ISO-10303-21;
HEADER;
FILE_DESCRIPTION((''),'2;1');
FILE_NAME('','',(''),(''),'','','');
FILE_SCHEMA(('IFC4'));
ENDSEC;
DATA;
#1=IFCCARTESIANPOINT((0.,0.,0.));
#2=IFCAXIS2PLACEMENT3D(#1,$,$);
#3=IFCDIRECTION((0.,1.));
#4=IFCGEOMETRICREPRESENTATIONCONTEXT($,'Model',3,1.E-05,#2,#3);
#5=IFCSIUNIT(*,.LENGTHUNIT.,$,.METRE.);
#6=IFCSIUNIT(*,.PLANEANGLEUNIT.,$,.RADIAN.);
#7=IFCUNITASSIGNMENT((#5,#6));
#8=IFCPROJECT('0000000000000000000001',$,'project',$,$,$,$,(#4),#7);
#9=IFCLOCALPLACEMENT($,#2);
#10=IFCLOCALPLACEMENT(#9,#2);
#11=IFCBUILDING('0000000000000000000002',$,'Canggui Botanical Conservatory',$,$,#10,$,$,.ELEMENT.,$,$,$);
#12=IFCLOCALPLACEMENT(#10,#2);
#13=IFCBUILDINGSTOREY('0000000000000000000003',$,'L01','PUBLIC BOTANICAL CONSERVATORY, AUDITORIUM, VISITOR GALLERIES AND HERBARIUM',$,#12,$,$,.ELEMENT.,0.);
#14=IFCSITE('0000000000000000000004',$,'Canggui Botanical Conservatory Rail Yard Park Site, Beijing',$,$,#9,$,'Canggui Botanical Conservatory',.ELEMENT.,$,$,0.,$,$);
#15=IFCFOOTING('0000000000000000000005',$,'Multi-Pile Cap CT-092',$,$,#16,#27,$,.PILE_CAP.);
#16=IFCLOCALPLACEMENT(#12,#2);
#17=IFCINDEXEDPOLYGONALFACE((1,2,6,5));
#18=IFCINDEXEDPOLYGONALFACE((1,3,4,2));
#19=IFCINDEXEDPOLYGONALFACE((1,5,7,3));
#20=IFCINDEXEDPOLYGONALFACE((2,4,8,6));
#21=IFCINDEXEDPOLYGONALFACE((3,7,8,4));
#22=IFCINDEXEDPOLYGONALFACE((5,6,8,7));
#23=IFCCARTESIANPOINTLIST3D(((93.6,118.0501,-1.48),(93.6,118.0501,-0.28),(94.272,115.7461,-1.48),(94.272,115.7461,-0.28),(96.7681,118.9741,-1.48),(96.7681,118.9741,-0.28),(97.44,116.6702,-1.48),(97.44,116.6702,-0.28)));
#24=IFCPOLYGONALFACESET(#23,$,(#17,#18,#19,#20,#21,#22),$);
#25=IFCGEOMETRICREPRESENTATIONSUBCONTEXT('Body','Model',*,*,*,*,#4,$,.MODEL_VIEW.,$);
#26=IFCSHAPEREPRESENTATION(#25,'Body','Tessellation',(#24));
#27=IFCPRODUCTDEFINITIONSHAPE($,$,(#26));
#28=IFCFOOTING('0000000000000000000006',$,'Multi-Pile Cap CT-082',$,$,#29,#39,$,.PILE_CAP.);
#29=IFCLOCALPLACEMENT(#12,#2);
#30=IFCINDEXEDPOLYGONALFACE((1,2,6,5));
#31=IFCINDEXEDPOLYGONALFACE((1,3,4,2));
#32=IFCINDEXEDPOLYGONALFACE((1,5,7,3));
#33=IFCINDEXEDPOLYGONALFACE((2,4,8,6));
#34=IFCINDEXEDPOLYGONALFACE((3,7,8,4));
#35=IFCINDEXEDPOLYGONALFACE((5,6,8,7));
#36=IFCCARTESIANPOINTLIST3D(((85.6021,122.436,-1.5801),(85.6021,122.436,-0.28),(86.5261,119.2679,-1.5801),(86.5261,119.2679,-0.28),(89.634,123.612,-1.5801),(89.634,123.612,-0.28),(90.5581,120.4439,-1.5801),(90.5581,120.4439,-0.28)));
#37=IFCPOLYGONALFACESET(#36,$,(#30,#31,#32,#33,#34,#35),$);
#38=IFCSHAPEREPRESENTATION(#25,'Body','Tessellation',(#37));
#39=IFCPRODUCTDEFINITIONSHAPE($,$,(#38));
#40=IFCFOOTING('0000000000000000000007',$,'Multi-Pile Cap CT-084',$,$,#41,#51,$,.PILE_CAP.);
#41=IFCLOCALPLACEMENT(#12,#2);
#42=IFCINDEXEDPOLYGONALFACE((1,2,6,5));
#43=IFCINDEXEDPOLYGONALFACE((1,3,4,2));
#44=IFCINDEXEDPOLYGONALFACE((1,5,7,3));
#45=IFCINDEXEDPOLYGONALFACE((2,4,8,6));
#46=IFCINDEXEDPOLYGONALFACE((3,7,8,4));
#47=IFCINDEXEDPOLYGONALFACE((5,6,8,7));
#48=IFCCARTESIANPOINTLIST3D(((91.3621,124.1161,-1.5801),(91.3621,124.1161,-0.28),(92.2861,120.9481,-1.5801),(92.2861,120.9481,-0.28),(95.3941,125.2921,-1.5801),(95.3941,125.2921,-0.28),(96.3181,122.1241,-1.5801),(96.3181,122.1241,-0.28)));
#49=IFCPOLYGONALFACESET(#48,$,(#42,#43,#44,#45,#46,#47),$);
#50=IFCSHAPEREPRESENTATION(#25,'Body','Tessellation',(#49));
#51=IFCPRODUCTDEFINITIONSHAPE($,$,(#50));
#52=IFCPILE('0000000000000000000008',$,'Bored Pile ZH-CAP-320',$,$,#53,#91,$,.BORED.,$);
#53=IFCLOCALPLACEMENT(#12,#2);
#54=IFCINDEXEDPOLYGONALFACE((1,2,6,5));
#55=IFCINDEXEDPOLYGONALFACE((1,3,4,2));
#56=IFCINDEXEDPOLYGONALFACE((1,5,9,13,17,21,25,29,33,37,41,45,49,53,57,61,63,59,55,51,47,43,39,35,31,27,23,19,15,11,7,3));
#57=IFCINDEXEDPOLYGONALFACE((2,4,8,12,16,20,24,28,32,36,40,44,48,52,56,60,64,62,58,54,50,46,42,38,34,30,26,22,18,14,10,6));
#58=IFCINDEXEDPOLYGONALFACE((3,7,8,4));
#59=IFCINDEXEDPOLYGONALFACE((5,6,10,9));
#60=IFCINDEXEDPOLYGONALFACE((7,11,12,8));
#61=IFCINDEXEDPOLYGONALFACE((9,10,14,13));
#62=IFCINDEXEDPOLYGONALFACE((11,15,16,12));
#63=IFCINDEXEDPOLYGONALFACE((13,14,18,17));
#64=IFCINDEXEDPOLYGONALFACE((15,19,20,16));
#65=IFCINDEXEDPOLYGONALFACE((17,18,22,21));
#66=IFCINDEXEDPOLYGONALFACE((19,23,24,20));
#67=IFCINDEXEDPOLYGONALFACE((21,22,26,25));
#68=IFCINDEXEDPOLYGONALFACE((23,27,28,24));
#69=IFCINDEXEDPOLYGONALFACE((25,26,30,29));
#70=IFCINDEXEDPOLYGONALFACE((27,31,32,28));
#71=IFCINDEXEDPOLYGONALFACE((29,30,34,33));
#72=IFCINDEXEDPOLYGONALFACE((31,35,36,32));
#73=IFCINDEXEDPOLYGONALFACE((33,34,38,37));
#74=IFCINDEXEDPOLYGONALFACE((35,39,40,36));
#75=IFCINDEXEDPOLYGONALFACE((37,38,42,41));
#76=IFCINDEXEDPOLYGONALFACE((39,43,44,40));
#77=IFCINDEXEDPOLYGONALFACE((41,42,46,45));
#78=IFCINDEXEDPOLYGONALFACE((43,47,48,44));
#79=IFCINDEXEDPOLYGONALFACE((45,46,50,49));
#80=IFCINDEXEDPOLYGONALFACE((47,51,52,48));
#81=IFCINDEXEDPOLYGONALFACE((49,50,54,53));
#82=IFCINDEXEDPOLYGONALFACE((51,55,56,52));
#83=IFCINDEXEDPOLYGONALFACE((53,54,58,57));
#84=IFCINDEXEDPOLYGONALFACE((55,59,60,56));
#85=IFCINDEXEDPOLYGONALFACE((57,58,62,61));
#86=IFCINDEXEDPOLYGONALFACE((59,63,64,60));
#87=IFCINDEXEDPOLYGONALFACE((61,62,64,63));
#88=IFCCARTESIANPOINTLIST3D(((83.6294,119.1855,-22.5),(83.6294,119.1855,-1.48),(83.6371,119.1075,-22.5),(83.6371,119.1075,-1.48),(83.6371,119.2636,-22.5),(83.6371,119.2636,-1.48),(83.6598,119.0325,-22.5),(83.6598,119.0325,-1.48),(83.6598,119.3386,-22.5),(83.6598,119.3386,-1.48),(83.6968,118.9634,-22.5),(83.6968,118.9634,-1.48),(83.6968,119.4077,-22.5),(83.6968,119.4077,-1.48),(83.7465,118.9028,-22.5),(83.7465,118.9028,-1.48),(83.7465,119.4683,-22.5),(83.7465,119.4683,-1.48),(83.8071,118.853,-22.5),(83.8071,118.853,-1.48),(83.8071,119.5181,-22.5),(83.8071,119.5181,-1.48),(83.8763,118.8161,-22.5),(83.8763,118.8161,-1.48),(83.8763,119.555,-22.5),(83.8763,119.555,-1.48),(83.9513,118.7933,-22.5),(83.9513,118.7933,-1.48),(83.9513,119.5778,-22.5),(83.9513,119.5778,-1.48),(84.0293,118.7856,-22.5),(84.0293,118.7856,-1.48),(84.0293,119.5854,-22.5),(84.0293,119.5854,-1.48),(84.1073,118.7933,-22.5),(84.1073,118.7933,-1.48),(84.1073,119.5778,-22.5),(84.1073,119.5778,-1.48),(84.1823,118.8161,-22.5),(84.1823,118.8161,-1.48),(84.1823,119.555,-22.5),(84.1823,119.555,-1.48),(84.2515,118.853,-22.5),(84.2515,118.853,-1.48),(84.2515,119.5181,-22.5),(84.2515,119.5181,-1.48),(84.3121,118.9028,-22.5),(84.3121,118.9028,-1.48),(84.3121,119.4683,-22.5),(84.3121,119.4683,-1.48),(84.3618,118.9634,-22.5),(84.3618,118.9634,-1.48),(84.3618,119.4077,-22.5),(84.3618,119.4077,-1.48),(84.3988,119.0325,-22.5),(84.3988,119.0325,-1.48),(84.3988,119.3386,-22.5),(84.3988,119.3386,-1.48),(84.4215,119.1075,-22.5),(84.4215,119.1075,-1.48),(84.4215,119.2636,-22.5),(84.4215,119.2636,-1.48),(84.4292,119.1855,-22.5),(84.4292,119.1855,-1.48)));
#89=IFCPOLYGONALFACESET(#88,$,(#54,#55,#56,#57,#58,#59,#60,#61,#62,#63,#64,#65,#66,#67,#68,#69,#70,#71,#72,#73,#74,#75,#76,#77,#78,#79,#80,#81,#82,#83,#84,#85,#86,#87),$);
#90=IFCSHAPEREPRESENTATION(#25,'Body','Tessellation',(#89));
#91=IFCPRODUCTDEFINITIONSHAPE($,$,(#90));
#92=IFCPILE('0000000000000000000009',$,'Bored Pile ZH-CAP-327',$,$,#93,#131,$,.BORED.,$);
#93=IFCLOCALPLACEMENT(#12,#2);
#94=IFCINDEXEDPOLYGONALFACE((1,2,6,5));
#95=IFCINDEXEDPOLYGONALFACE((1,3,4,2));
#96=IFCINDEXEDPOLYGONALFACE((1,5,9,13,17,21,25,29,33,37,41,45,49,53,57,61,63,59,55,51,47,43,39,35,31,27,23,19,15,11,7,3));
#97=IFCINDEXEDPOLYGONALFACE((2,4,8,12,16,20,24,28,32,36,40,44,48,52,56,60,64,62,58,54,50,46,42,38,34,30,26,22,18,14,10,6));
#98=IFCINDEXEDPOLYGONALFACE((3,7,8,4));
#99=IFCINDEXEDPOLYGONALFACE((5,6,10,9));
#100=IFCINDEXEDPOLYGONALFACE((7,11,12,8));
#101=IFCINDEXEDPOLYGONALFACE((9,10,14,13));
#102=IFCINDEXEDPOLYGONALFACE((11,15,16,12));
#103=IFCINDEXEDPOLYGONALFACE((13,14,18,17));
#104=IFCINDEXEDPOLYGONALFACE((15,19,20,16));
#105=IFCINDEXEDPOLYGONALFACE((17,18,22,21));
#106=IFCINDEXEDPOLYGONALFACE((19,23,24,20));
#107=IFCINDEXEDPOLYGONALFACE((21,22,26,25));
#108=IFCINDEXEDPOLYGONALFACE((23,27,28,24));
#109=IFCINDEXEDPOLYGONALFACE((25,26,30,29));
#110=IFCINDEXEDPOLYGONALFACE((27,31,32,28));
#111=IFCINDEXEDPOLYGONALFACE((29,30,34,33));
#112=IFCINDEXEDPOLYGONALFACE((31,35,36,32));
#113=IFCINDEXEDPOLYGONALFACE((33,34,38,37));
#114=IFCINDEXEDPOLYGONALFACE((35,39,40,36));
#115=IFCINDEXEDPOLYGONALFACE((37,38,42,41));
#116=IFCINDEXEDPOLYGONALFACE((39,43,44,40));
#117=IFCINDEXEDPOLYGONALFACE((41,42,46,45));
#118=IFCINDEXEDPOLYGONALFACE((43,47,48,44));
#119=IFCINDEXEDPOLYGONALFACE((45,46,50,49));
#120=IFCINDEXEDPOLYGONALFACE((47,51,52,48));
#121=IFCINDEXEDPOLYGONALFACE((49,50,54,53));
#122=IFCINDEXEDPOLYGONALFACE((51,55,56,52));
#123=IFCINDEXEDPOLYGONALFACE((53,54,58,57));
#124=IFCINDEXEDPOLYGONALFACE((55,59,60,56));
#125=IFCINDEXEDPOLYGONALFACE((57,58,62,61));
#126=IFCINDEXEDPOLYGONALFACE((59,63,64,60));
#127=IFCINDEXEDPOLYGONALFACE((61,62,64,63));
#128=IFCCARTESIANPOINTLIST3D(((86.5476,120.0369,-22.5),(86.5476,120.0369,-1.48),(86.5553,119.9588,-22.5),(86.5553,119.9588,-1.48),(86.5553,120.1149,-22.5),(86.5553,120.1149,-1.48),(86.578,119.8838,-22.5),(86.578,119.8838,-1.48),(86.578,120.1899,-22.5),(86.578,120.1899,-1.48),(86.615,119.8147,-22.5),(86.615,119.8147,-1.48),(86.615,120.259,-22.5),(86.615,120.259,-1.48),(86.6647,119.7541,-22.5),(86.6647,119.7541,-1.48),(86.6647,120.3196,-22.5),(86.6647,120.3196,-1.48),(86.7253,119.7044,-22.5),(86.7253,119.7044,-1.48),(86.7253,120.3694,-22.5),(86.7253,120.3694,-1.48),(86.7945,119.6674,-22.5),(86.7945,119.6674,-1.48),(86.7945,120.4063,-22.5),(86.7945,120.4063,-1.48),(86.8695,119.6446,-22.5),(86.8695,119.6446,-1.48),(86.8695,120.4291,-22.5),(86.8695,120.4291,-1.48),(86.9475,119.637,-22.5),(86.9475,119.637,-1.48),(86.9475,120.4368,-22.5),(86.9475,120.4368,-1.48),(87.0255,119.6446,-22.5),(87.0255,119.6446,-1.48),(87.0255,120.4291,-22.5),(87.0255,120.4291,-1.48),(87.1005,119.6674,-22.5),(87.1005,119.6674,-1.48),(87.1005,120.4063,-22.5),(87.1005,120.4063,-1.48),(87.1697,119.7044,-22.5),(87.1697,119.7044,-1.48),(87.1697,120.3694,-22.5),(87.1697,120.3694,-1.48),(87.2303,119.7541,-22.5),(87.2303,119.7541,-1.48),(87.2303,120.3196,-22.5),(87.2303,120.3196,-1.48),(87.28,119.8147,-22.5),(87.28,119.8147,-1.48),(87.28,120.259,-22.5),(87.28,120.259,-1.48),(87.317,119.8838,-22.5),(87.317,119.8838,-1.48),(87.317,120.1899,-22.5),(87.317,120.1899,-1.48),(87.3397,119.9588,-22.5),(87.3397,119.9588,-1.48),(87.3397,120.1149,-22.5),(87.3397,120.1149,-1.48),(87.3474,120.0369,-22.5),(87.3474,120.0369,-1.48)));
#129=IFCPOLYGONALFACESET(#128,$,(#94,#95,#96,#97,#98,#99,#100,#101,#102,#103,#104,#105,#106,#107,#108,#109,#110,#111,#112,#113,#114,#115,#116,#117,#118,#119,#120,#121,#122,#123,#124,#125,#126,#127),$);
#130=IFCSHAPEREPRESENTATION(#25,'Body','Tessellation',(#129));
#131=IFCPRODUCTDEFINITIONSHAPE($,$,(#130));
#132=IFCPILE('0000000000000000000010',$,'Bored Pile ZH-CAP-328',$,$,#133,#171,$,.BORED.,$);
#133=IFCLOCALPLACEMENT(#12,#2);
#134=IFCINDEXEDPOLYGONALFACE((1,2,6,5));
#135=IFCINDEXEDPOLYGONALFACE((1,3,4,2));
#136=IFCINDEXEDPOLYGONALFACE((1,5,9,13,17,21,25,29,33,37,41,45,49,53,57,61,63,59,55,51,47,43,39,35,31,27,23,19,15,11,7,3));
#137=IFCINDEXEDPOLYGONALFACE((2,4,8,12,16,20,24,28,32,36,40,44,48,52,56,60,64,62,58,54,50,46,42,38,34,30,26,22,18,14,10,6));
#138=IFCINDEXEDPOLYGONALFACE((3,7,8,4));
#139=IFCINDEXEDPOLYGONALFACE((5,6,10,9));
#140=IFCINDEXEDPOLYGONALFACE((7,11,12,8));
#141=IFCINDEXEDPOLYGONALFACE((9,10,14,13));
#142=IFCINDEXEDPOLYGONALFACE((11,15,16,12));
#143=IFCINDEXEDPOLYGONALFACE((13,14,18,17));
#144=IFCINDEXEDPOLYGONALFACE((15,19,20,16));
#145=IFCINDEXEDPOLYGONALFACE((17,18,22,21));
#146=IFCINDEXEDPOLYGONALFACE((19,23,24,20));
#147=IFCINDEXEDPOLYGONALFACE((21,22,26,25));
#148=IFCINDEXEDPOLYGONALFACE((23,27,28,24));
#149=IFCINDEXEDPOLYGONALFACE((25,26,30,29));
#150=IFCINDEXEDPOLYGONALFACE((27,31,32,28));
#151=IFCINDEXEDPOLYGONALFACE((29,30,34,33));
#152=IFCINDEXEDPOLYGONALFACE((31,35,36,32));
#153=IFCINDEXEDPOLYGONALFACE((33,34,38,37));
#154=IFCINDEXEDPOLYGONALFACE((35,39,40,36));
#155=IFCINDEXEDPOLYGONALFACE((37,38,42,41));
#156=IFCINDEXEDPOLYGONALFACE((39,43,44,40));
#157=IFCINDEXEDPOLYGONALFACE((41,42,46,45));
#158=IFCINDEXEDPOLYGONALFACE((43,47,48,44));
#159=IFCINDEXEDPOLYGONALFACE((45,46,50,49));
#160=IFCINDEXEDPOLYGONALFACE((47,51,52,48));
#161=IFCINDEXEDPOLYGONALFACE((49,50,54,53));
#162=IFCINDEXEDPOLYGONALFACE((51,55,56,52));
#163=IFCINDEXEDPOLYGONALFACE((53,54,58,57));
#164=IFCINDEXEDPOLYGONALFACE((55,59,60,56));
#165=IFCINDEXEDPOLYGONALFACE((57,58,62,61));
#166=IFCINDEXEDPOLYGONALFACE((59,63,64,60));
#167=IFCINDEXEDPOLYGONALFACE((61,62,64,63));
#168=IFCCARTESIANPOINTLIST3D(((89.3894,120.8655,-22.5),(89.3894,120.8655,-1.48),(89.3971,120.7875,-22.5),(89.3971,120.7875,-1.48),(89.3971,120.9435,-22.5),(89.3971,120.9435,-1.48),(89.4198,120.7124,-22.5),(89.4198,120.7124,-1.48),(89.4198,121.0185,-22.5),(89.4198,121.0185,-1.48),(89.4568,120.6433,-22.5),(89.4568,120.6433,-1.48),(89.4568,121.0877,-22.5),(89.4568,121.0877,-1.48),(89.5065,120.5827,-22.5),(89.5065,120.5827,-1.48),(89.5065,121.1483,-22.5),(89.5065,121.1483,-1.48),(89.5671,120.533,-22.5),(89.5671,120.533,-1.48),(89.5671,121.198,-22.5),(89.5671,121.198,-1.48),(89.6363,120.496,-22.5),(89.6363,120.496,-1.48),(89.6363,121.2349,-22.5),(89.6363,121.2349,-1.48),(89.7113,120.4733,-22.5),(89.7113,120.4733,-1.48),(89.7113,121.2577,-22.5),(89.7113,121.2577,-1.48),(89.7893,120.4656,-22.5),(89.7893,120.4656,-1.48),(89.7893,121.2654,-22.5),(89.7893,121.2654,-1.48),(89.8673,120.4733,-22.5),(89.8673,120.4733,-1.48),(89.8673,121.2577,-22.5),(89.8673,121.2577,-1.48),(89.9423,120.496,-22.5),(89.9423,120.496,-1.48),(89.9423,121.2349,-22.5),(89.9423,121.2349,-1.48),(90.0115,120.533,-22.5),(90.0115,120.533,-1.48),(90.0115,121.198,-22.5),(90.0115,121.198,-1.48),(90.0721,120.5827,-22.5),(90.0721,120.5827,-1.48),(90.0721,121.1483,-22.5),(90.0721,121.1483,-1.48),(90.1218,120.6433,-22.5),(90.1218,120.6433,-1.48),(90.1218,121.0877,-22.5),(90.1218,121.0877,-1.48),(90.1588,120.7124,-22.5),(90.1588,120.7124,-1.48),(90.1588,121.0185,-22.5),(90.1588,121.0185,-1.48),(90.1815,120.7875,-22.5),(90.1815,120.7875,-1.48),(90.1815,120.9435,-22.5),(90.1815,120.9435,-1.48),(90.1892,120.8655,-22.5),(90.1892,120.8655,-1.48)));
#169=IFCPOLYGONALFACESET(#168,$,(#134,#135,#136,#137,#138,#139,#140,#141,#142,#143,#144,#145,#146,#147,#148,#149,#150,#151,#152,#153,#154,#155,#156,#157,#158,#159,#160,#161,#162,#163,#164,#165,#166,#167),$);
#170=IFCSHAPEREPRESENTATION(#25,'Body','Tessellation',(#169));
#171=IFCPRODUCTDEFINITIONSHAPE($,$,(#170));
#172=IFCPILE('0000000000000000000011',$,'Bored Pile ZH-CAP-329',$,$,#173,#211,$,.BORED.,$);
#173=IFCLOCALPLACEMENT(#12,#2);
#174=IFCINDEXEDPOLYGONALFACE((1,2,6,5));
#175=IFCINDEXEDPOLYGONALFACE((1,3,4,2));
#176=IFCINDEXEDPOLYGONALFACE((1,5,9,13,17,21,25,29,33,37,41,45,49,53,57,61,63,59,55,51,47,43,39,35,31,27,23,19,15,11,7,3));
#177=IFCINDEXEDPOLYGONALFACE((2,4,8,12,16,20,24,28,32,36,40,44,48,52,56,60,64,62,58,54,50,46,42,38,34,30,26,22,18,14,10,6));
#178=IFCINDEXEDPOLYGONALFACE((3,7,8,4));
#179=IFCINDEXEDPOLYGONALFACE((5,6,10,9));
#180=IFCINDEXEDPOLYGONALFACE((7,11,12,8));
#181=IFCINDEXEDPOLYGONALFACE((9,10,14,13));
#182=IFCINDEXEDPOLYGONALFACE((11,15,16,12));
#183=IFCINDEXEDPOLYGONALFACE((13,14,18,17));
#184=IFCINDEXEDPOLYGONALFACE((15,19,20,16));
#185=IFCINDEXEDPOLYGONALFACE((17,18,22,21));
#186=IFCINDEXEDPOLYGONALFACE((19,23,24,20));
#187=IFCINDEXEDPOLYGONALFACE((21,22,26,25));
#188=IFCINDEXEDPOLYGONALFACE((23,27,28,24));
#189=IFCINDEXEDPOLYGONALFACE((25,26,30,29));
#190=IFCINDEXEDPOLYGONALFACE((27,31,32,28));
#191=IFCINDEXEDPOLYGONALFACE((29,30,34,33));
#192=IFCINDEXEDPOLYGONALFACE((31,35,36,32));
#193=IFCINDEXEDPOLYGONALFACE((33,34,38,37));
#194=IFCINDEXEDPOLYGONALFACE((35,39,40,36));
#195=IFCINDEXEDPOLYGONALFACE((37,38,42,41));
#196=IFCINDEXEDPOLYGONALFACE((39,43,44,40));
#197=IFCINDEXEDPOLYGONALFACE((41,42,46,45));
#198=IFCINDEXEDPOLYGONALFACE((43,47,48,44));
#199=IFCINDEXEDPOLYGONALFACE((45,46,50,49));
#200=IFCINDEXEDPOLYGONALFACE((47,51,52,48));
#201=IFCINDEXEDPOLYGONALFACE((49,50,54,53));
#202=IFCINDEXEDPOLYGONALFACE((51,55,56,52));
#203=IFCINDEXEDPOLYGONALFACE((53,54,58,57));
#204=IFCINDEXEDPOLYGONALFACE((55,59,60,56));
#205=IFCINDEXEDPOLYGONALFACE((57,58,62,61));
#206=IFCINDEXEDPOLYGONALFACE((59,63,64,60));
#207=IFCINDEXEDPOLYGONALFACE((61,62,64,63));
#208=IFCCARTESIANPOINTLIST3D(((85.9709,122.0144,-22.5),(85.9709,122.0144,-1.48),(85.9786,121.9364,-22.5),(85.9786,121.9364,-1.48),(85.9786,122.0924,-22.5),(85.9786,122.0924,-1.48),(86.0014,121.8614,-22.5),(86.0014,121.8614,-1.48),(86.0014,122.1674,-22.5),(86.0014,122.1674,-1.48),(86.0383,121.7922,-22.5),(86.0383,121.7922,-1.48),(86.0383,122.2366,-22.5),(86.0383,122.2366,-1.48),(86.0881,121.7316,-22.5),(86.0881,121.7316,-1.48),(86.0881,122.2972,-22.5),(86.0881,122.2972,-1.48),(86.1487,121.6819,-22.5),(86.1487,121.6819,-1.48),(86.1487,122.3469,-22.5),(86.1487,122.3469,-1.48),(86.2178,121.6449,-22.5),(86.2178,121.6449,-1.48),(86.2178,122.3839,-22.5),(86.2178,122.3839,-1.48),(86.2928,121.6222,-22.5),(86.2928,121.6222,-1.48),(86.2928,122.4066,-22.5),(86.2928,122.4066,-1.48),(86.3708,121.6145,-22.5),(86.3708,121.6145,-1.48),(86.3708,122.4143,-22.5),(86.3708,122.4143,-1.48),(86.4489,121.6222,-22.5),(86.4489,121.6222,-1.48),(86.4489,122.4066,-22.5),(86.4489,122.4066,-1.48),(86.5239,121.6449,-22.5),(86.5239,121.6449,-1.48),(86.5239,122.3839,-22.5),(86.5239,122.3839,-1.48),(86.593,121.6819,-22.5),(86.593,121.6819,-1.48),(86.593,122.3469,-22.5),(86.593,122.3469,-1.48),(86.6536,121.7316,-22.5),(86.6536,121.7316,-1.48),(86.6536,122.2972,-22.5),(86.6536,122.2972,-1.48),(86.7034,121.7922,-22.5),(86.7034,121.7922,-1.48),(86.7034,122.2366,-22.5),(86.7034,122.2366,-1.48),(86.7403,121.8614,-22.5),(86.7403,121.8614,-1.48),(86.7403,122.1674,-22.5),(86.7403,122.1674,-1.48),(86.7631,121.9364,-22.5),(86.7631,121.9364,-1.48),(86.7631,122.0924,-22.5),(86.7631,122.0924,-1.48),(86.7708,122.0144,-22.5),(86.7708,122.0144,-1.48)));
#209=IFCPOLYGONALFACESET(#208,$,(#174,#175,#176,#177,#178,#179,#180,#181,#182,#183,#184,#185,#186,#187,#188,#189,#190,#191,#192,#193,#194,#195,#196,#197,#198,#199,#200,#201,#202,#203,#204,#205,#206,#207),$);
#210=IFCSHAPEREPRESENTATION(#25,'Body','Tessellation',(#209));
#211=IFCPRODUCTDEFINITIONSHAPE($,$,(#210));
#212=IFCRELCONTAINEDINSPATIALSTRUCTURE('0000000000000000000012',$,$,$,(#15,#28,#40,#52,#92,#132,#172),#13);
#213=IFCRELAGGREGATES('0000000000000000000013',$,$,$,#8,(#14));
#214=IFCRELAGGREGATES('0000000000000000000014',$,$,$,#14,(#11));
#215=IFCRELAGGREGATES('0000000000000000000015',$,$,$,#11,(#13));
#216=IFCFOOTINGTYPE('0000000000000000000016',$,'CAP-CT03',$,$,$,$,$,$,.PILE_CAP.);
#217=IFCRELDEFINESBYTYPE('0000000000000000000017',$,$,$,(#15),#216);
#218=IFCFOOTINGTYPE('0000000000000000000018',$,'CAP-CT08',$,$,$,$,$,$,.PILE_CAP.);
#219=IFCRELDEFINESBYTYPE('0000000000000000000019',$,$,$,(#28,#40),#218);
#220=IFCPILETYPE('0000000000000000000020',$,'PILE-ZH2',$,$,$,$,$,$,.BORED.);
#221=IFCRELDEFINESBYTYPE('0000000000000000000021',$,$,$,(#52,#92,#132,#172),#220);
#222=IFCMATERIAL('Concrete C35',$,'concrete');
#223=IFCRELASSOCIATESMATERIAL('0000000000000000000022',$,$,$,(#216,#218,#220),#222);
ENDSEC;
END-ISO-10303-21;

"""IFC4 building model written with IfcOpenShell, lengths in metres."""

from ifc_helpers import new_model, si_unit, direction, frame, origin, origin_2d, place, context, subcontext, project, spatial, rectangle, circle, extrude, material, material_profile, profile_set, type_object, element, save


model = new_model("IFC4")

# Units and contexts
model_context = context("Model", 3, precision=1e-05, world=origin(), true_north=direction((0.0, 1.0)))
body_context = subcontext(model_context, "Body", "Model", "MODEL_VIEW")
ifc_project = project(units=[si_unit("LENGTHUNIT", "METRE"), si_unit("PLANEANGLEUNIT", "RADIAN")], contexts=[model_context])

# Site, building, storey
site_placement = place(None, origin())
site = spatial("IfcSite", under=ifc_project, at=site_placement, Name="Canggui Botanical Conservatory Rail Yard Park Site, Beijing", LongName="Canggui Botanical Conservatory", CompositionType="ELEMENT", RefElevation=0.0)
building_placement = place(site_placement, origin())
building = spatial("IfcBuilding", under=site, at=building_placement, Name="Canggui Botanical Conservatory", CompositionType="ELEMENT")
storey_placement = place(building_placement, origin())
storey = spatial("IfcBuildingStorey", under=building, at=storey_placement, Name="L01", Description="PUBLIC BOTANICAL CONSERVATORY, AUDITORIUM, VISITOR GALLERIES AND HERBARIUM", CompositionType="ELEMENT", Elevation=0.0)

# Footings
ifc_material_1 = material(Name="Concrete C35", Category="concrete")
footing_type_1 = type_object("IfcFootingType", Name="CAP-CT03", PredefinedType="PILE_CAP", material=ifc_material_1)
footing_placement = place(storey_placement, frame((95.52, 117.3601, -1.48), z_axis=(0.0, 0.0, 1.0), x_axis=(0.96, 0.28, 0.0)))
element("IfcFooting", 1, at=footing_placement, inside=storey, type_object=footing_type_1, Name="Multi-Pile Cap CT-092", PredefinedType="PILE_CAP", context=body_context, shape_type="SweptSolid", body=[
    extrude(rectangle(XDim=3.3, YDim=2.3999, at=origin_2d()), origin(), (0.0, 0.0, 1.0), 1.2),
])
footing_type_2 = type_object("IfcFootingType", Name="CAP-CT08", PredefinedType="PILE_CAP", material=ifc_material_1)
for number, where, z_axis, x_axis, name in (
    (2, (88.0801, 121.4399, -1.5801), (0.0, 0.0, 1.0), (0.96, 0.28, 0.0), "Multi-Pile Cap CT-082"),
    (3, (93.8401, 123.1201, -1.5801), (0.0, 0.0, 1.0), (0.96, 0.28, 0.0), "Multi-Pile Cap CT-084"),
):
    element("IfcFooting", number, at=place(storey_placement, frame(where, z_axis=z_axis, x_axis=x_axis)), inside=storey, type_object=footing_type_2, Name=name, PredefinedType="PILE_CAP", context=body_context, shape_type="SweptSolid", body=[
        extrude(rectangle(XDim=4.2, YDim=3.3, at=origin_2d()), origin(), (0.0, 0.0, 1.0), 1.3),
    ])

# Piles
ifc_material_profile_1 = material_profile(ifc_material_1, circle(Radius=0.3999, at=origin_2d()), Name="PILE D800")
ifc_profile_set_1 = profile_set([ifc_material_profile_1], Name="Concrete C35")
pile_type = type_object("IfcPileType", Name="PILE-ZH2", PredefinedType="BORED", material=ifc_profile_set_1)
for number, where, z_axis, x_axis, name in (
    (4, (84.0293, 119.1855, -1.48), (0.0, 0.0, -1.0), (1.0, 0.0, 0.0), "Bored Pile ZH-CAP-320"),
    (5, (86.9475, 120.0369, -1.48), (0.0, 0.0, -1.0), (1.0, 0.0, 0.0), "Bored Pile ZH-CAP-327"),
    (6, (89.7893, 120.8655, -1.48), (0.0, 0.0, -1.0), (1.0, 0.0, 0.0), "Bored Pile ZH-CAP-328"),
    (7, (86.3708, 122.0144, -1.48), (0.0, 0.0, -1.0), (1.0, 0.0, 0.0), "Bored Pile ZH-CAP-329"),
):
    element("IfcPile", number, at=place(storey_placement, frame(where, z_axis=z_axis, x_axis=x_axis)), inside=storey, type_object=pile_type, Name=name, PredefinedType="BORED", context=body_context, shape_type="SweptSolid", body=[
        extrude(circle(Radius=0.3999, at=origin_2d()), origin(), (0.0, 0.0, 1.0), 21.02),
    ])

save(model, "model.ifc")
